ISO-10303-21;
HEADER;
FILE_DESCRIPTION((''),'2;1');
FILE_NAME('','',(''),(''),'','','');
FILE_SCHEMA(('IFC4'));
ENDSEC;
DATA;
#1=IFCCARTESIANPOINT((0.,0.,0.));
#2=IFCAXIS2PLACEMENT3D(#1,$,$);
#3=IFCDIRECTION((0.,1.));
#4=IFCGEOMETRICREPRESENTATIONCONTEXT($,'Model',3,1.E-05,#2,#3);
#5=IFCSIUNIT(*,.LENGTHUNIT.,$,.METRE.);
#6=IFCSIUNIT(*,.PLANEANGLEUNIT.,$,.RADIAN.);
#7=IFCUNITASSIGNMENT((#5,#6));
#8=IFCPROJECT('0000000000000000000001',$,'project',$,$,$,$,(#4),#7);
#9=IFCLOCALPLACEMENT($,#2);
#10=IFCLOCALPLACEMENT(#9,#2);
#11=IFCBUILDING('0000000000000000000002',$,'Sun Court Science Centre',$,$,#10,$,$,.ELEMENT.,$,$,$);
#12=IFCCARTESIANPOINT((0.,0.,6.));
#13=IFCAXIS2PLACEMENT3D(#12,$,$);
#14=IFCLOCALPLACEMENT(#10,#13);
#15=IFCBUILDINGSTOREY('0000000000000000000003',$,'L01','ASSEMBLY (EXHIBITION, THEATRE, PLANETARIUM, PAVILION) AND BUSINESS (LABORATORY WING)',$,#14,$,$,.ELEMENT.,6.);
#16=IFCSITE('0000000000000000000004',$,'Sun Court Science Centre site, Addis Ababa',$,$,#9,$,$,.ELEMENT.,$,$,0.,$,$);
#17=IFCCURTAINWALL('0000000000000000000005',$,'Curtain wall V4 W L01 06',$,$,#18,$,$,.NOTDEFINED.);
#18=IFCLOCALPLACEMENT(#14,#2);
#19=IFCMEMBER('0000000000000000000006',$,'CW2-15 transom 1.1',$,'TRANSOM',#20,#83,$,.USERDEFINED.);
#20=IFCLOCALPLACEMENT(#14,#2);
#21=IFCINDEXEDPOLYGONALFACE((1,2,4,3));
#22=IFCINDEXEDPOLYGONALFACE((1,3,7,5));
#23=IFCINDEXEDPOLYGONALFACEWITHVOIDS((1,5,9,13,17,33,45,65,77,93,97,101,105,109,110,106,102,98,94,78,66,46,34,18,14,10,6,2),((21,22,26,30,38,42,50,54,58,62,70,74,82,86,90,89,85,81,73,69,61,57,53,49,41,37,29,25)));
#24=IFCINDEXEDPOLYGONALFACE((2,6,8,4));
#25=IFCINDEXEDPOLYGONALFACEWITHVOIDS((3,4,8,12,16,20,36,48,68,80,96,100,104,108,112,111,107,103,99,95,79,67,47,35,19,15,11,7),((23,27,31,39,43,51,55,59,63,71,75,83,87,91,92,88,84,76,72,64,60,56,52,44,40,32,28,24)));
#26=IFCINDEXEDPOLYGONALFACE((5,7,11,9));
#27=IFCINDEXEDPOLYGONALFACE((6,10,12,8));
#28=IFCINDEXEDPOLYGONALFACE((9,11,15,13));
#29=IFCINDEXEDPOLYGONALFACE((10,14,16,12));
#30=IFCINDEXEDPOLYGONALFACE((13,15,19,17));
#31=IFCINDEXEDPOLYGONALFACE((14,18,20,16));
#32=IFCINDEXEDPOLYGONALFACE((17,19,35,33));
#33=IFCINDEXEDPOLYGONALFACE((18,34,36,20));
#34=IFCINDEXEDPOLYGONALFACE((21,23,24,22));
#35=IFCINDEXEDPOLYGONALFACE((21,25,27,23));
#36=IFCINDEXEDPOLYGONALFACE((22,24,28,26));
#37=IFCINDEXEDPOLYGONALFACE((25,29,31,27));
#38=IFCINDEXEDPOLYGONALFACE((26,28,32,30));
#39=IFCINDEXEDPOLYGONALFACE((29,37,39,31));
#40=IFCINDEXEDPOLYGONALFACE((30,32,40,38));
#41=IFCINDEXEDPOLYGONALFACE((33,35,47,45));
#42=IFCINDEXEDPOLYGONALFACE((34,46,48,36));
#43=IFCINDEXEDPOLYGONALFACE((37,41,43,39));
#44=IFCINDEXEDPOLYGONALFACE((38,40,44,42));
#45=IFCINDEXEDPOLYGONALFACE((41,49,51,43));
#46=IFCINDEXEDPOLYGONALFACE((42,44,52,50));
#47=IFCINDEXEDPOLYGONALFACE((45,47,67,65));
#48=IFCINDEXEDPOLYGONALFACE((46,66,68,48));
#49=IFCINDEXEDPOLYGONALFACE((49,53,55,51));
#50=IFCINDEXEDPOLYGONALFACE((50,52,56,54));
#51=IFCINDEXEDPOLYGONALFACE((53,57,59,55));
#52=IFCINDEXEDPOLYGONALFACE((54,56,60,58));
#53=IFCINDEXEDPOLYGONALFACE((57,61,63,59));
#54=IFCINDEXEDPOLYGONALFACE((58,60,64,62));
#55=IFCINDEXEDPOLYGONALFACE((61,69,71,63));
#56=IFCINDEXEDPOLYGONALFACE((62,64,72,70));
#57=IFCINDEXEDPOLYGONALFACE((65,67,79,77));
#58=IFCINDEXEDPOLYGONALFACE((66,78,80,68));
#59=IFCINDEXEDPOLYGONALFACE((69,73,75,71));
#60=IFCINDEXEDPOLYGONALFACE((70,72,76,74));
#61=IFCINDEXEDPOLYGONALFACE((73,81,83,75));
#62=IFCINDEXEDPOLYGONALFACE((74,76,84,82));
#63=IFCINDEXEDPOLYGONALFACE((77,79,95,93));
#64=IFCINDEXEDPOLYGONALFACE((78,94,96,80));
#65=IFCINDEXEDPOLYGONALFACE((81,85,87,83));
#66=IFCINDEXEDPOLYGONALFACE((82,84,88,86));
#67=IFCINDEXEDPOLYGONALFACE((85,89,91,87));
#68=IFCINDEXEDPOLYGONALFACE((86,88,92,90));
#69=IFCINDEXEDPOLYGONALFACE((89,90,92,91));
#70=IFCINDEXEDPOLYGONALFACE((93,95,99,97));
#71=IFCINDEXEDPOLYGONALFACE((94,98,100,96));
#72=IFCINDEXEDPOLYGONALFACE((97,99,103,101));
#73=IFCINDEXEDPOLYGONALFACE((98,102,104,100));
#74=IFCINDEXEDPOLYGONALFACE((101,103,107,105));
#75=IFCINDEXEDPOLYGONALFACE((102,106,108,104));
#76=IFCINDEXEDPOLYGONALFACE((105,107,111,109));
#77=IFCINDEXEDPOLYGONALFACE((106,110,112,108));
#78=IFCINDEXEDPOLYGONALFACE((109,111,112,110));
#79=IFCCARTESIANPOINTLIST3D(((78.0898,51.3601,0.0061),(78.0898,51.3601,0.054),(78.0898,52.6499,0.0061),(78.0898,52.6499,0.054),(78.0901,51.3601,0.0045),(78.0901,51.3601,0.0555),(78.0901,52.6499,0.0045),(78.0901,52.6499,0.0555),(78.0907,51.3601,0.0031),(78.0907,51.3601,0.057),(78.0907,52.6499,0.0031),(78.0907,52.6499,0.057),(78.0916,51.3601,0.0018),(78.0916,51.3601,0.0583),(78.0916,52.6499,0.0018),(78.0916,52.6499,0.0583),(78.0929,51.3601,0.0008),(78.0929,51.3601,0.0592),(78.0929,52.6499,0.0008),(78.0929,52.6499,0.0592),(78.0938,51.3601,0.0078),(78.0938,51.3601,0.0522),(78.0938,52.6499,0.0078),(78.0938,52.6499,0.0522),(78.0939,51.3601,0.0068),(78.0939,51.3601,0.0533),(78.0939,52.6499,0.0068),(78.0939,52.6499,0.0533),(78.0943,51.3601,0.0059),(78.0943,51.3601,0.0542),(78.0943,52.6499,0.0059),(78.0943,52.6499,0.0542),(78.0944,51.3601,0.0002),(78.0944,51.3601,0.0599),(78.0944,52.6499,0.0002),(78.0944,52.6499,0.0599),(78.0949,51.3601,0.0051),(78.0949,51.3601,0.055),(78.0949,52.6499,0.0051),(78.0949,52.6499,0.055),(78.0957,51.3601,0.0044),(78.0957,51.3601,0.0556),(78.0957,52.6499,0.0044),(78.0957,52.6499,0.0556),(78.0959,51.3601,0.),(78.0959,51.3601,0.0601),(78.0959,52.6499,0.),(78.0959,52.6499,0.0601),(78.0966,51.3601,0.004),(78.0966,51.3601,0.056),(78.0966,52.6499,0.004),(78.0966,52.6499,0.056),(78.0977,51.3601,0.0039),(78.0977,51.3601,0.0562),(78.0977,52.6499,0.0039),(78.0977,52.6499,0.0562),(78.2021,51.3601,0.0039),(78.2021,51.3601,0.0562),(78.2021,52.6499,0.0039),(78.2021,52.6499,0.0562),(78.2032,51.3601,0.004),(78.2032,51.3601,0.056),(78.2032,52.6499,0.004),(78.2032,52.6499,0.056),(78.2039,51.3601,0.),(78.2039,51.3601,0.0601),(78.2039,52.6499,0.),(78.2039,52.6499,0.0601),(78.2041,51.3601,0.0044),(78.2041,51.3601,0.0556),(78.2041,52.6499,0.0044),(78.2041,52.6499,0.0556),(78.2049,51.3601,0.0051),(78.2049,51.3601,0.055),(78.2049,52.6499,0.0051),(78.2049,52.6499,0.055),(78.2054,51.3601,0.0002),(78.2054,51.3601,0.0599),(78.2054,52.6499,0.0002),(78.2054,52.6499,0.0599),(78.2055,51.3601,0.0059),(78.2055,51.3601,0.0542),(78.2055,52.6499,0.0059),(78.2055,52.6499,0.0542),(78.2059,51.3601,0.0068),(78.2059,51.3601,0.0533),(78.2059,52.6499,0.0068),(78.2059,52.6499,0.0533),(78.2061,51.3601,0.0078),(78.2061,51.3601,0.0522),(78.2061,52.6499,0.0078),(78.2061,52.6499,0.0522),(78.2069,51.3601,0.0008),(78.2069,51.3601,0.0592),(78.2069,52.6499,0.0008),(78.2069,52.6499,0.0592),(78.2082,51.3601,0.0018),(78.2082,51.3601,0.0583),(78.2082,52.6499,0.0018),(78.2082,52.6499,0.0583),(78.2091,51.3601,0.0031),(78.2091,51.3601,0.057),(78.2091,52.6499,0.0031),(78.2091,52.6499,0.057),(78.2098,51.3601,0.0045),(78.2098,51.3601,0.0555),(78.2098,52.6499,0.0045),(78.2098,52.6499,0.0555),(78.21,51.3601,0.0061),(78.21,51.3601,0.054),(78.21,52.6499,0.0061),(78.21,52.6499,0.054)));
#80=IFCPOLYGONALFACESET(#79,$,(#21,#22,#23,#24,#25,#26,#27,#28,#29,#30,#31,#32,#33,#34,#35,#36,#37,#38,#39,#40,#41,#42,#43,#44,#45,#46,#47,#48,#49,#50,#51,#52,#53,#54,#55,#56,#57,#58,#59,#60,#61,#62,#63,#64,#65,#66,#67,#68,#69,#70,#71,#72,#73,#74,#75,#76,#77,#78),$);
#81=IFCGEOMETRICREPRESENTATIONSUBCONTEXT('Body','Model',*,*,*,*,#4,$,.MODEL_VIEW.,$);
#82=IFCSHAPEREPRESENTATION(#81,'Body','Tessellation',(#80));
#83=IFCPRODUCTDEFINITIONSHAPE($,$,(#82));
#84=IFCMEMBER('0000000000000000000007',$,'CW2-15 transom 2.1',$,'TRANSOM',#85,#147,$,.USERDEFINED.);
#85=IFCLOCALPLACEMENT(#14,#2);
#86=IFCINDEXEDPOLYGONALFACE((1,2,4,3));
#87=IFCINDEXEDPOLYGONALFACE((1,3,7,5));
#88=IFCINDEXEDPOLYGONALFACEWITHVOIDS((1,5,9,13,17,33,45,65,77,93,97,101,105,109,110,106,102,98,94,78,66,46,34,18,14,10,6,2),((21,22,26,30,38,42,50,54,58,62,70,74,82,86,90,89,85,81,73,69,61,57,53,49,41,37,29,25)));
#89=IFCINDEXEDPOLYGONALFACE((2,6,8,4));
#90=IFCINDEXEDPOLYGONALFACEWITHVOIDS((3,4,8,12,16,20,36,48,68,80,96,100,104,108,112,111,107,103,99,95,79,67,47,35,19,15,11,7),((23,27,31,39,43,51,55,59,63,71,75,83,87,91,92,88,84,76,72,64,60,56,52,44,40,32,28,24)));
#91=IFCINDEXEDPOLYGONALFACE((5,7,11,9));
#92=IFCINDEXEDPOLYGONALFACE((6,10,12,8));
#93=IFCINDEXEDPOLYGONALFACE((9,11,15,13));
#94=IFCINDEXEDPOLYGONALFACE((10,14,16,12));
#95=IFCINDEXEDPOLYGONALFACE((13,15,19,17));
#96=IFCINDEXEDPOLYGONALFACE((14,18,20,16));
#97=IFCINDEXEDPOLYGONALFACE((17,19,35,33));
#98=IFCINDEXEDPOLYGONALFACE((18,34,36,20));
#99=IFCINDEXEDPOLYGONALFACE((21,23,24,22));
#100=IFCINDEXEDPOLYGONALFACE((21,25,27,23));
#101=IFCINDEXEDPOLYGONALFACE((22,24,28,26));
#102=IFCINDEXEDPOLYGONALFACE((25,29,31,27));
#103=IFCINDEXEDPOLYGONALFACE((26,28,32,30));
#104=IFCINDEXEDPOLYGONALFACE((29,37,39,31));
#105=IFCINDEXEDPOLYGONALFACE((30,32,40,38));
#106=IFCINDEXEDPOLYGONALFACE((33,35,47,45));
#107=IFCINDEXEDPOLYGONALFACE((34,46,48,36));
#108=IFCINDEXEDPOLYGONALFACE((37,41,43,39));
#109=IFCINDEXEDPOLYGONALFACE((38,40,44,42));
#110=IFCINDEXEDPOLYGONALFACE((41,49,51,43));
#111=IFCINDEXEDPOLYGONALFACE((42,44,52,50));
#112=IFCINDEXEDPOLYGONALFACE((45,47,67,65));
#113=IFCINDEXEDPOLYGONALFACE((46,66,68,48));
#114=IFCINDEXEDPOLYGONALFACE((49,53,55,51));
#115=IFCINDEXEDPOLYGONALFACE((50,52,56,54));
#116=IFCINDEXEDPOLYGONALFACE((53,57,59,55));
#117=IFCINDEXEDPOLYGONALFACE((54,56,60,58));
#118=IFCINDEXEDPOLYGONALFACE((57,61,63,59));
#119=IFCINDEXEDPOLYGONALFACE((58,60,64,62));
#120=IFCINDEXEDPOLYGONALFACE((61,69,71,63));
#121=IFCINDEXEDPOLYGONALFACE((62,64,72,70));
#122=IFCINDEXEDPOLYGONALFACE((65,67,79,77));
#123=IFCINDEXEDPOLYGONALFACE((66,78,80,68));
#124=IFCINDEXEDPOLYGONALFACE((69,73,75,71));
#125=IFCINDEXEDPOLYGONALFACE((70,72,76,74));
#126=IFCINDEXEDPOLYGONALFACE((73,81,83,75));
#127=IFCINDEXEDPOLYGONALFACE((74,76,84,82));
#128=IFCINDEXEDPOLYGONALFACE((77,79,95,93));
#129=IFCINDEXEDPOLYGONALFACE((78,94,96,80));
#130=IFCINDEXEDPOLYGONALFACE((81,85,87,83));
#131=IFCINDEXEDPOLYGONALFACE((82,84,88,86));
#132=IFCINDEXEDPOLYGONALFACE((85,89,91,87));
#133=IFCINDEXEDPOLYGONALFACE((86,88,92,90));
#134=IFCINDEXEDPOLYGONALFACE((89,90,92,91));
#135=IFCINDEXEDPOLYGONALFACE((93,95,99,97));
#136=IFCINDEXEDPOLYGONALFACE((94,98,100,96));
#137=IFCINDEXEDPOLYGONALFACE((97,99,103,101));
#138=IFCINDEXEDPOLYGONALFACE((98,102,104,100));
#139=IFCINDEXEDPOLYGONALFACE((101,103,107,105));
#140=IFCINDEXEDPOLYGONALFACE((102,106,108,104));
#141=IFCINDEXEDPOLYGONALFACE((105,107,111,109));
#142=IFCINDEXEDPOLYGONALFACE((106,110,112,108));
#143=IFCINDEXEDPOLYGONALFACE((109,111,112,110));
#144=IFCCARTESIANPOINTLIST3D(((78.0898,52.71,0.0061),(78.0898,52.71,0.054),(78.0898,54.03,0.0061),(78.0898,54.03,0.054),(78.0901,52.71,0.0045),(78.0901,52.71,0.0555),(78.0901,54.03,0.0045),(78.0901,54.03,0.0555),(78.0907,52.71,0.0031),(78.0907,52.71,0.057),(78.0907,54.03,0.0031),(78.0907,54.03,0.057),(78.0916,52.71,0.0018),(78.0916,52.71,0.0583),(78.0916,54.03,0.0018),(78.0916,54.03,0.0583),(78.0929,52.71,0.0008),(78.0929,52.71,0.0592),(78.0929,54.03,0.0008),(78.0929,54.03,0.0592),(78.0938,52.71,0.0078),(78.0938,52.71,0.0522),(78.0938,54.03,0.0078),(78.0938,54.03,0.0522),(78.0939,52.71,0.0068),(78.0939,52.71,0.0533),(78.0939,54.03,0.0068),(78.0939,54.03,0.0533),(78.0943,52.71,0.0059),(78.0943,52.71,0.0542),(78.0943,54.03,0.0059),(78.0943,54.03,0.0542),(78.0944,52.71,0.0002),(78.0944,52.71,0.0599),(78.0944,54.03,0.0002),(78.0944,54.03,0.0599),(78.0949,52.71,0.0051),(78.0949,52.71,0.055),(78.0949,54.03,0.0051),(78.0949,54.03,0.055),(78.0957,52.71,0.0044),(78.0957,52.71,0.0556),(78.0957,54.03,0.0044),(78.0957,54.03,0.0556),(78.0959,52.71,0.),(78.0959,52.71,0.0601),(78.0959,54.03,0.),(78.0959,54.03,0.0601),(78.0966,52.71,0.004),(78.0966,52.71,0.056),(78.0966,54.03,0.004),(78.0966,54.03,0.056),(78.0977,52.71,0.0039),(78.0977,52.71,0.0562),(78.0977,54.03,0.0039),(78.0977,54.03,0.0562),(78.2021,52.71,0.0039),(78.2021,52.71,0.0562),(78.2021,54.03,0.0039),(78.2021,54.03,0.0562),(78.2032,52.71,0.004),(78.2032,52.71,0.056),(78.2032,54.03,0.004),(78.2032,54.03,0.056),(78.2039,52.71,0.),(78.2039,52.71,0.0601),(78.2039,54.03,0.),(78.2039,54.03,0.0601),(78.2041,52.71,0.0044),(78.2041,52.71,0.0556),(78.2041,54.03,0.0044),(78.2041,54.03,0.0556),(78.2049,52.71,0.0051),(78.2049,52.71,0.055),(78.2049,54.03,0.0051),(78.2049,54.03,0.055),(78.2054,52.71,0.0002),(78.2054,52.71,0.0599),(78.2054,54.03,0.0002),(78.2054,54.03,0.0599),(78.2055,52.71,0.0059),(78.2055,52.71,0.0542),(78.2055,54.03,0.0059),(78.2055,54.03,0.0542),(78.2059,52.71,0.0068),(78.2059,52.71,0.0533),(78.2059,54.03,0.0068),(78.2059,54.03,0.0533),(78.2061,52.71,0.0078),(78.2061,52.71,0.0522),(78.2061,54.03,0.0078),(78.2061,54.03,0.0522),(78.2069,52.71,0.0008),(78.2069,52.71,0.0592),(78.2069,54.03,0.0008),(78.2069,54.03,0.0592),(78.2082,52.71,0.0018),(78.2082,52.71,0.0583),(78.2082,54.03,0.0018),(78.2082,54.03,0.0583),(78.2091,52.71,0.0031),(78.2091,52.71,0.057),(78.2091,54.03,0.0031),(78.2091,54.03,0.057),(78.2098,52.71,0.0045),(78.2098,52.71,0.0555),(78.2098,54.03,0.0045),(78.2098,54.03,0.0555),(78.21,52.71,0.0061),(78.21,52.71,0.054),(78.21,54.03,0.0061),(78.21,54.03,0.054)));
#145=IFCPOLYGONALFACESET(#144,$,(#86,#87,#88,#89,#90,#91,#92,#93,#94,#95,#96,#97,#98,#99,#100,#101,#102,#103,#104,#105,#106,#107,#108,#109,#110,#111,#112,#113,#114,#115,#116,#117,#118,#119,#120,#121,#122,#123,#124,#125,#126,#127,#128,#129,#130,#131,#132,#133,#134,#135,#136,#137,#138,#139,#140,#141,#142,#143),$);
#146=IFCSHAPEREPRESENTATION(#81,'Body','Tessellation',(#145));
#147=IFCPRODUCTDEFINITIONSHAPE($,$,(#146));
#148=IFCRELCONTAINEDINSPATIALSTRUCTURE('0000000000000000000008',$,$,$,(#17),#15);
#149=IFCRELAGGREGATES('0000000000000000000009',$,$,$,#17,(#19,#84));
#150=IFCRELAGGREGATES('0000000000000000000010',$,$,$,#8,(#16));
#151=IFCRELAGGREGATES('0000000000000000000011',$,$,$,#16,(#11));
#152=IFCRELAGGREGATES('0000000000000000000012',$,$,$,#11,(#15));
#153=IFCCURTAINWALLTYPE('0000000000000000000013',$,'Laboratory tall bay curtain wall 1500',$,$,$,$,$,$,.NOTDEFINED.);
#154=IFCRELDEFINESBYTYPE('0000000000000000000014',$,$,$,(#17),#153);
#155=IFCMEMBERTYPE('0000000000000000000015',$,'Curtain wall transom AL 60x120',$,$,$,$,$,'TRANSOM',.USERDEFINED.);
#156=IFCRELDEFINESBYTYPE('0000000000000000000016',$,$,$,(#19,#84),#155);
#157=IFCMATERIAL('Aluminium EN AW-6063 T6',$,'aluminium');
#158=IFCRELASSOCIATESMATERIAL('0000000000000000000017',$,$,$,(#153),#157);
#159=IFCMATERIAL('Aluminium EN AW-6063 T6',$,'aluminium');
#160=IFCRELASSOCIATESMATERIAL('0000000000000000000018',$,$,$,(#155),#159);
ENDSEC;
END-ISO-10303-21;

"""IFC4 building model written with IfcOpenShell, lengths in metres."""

from ifc_helpers import new_model, si_unit, direction, frame, origin, origin_2d, place, context, subcontext, project, spatial, hollow_rectangle, extrude, material, material_profile, profile_set, type_object, element, aggregate, save


model = new_model("IFC4")

# Units and contexts
model_context = context("Model", 3, precision=1e-05, world=origin(), true_north=direction((0.0, 1.0)))
body_context = subcontext(model_context, "Body", "Model", "MODEL_VIEW")
ifc_project = project(units=[si_unit("LENGTHUNIT", "METRE"), si_unit("PLANEANGLEUNIT", "RADIAN")], contexts=[model_context])

# Site, building, storey
site_placement = place(None, origin())
site = spatial("IfcSite", under=ifc_project, at=site_placement, Name="Sun Court Science Centre site, Addis Ababa", CompositionType="ELEMENT", RefElevation=0.0)
building_placement = place(site_placement, origin())
building = spatial("IfcBuilding", under=site, at=building_placement, Name="Sun Court Science Centre", CompositionType="ELEMENT")
storey_placement = place(building_placement, frame((0.0, 0.0, 6.0)))
storey = spatial("IfcBuildingStorey", under=building, at=storey_placement, Name="L01", Description="ASSEMBLY (EXHIBITION, THEATRE, PLANETARIUM, PAVILION) AND BUSINESS (LABORATORY WING)", CompositionType="ELEMENT", Elevation=6.0)

# Shared definitions
ifc_material_1 = material(Name="Aluminium EN AW-6063 T6", Category="aluminium")
curtain_wall_type = type_object("IfcCurtainWallType", Name="Laboratory tall bay curtain wall 1500", PredefinedType="NOTDEFINED", material=ifc_material_1)

# Curtain wall, members
curtain_wall_1_placement = place(storey_placement, origin())
curtain_wall_1 = element("IfcCurtainWall", 1, at=curtain_wall_1_placement, inside=storey, type_object=curtain_wall_type, Name="Curtain wall V4 W L01 06", PredefinedType="NOTDEFINED")
ifc_material_2 = material(Name="Aluminium EN AW-6063 T6", Category="aluminium")
ifc_material_profile_1 = material_profile(ifc_material_2, hollow_rectangle(XDim=0.0601, YDim=0.1201, WallThickness=0.0039, InnerFilletRadius=0.0039, OuterFilletRadius=0.0061, at=origin_2d()), Name="AL 60x120x4")
ifc_profile_set_1 = profile_set([ifc_material_profile_1], Name="Aluminium EN AW-6063 T6")
member_type_1 = type_object("IfcMemberType", Name="Curtain wall transom AL 60x120", ElementType="TRANSOM", PredefinedType="USERDEFINED", material=ifc_profile_set_1)
member_1_placement = place(storey_placement, frame((78.1499, 51.3601, 0.03), z_axis=(0.0, 1.0, 0.0), x_axis=(0.0, 0.0, 1.0)))
member_1 = element("IfcMember", 2, at=member_1_placement, type_object=member_type_1, Name="CW2-15 transom 1.1", ObjectType="TRANSOM", PredefinedType="USERDEFINED", context=body_context, shape_type="SweptSolid", body=[
    extrude(hollow_rectangle(XDim=0.0601, YDim=0.1201, WallThickness=0.0039, InnerFilletRadius=0.0039, OuterFilletRadius=0.0061, at=origin_2d()), origin(), (0.0, 0.0, 1.0), 1.2898),
])
member_2_placement = place(storey_placement, frame((78.1499, 52.71, 0.03), z_axis=(0.0, 1.0, 0.0), x_axis=(0.0, 0.0, 1.0)))
member_2 = element("IfcMember", 3, at=member_2_placement, type_object=member_type_1, Name="CW2-15 transom 2.1", ObjectType="TRANSOM", PredefinedType="USERDEFINED", context=body_context, shape_type="SweptSolid", body=[
    extrude(hollow_rectangle(XDim=0.0601, YDim=0.1201, WallThickness=0.0039, InnerFilletRadius=0.0039, OuterFilletRadius=0.0061, at=origin_2d()), origin(), (0.0, 0.0, 1.0), 1.3201),
])

aggregate(curtain_wall_1, [member_1, member_2])

save(model, "model.ifc")
